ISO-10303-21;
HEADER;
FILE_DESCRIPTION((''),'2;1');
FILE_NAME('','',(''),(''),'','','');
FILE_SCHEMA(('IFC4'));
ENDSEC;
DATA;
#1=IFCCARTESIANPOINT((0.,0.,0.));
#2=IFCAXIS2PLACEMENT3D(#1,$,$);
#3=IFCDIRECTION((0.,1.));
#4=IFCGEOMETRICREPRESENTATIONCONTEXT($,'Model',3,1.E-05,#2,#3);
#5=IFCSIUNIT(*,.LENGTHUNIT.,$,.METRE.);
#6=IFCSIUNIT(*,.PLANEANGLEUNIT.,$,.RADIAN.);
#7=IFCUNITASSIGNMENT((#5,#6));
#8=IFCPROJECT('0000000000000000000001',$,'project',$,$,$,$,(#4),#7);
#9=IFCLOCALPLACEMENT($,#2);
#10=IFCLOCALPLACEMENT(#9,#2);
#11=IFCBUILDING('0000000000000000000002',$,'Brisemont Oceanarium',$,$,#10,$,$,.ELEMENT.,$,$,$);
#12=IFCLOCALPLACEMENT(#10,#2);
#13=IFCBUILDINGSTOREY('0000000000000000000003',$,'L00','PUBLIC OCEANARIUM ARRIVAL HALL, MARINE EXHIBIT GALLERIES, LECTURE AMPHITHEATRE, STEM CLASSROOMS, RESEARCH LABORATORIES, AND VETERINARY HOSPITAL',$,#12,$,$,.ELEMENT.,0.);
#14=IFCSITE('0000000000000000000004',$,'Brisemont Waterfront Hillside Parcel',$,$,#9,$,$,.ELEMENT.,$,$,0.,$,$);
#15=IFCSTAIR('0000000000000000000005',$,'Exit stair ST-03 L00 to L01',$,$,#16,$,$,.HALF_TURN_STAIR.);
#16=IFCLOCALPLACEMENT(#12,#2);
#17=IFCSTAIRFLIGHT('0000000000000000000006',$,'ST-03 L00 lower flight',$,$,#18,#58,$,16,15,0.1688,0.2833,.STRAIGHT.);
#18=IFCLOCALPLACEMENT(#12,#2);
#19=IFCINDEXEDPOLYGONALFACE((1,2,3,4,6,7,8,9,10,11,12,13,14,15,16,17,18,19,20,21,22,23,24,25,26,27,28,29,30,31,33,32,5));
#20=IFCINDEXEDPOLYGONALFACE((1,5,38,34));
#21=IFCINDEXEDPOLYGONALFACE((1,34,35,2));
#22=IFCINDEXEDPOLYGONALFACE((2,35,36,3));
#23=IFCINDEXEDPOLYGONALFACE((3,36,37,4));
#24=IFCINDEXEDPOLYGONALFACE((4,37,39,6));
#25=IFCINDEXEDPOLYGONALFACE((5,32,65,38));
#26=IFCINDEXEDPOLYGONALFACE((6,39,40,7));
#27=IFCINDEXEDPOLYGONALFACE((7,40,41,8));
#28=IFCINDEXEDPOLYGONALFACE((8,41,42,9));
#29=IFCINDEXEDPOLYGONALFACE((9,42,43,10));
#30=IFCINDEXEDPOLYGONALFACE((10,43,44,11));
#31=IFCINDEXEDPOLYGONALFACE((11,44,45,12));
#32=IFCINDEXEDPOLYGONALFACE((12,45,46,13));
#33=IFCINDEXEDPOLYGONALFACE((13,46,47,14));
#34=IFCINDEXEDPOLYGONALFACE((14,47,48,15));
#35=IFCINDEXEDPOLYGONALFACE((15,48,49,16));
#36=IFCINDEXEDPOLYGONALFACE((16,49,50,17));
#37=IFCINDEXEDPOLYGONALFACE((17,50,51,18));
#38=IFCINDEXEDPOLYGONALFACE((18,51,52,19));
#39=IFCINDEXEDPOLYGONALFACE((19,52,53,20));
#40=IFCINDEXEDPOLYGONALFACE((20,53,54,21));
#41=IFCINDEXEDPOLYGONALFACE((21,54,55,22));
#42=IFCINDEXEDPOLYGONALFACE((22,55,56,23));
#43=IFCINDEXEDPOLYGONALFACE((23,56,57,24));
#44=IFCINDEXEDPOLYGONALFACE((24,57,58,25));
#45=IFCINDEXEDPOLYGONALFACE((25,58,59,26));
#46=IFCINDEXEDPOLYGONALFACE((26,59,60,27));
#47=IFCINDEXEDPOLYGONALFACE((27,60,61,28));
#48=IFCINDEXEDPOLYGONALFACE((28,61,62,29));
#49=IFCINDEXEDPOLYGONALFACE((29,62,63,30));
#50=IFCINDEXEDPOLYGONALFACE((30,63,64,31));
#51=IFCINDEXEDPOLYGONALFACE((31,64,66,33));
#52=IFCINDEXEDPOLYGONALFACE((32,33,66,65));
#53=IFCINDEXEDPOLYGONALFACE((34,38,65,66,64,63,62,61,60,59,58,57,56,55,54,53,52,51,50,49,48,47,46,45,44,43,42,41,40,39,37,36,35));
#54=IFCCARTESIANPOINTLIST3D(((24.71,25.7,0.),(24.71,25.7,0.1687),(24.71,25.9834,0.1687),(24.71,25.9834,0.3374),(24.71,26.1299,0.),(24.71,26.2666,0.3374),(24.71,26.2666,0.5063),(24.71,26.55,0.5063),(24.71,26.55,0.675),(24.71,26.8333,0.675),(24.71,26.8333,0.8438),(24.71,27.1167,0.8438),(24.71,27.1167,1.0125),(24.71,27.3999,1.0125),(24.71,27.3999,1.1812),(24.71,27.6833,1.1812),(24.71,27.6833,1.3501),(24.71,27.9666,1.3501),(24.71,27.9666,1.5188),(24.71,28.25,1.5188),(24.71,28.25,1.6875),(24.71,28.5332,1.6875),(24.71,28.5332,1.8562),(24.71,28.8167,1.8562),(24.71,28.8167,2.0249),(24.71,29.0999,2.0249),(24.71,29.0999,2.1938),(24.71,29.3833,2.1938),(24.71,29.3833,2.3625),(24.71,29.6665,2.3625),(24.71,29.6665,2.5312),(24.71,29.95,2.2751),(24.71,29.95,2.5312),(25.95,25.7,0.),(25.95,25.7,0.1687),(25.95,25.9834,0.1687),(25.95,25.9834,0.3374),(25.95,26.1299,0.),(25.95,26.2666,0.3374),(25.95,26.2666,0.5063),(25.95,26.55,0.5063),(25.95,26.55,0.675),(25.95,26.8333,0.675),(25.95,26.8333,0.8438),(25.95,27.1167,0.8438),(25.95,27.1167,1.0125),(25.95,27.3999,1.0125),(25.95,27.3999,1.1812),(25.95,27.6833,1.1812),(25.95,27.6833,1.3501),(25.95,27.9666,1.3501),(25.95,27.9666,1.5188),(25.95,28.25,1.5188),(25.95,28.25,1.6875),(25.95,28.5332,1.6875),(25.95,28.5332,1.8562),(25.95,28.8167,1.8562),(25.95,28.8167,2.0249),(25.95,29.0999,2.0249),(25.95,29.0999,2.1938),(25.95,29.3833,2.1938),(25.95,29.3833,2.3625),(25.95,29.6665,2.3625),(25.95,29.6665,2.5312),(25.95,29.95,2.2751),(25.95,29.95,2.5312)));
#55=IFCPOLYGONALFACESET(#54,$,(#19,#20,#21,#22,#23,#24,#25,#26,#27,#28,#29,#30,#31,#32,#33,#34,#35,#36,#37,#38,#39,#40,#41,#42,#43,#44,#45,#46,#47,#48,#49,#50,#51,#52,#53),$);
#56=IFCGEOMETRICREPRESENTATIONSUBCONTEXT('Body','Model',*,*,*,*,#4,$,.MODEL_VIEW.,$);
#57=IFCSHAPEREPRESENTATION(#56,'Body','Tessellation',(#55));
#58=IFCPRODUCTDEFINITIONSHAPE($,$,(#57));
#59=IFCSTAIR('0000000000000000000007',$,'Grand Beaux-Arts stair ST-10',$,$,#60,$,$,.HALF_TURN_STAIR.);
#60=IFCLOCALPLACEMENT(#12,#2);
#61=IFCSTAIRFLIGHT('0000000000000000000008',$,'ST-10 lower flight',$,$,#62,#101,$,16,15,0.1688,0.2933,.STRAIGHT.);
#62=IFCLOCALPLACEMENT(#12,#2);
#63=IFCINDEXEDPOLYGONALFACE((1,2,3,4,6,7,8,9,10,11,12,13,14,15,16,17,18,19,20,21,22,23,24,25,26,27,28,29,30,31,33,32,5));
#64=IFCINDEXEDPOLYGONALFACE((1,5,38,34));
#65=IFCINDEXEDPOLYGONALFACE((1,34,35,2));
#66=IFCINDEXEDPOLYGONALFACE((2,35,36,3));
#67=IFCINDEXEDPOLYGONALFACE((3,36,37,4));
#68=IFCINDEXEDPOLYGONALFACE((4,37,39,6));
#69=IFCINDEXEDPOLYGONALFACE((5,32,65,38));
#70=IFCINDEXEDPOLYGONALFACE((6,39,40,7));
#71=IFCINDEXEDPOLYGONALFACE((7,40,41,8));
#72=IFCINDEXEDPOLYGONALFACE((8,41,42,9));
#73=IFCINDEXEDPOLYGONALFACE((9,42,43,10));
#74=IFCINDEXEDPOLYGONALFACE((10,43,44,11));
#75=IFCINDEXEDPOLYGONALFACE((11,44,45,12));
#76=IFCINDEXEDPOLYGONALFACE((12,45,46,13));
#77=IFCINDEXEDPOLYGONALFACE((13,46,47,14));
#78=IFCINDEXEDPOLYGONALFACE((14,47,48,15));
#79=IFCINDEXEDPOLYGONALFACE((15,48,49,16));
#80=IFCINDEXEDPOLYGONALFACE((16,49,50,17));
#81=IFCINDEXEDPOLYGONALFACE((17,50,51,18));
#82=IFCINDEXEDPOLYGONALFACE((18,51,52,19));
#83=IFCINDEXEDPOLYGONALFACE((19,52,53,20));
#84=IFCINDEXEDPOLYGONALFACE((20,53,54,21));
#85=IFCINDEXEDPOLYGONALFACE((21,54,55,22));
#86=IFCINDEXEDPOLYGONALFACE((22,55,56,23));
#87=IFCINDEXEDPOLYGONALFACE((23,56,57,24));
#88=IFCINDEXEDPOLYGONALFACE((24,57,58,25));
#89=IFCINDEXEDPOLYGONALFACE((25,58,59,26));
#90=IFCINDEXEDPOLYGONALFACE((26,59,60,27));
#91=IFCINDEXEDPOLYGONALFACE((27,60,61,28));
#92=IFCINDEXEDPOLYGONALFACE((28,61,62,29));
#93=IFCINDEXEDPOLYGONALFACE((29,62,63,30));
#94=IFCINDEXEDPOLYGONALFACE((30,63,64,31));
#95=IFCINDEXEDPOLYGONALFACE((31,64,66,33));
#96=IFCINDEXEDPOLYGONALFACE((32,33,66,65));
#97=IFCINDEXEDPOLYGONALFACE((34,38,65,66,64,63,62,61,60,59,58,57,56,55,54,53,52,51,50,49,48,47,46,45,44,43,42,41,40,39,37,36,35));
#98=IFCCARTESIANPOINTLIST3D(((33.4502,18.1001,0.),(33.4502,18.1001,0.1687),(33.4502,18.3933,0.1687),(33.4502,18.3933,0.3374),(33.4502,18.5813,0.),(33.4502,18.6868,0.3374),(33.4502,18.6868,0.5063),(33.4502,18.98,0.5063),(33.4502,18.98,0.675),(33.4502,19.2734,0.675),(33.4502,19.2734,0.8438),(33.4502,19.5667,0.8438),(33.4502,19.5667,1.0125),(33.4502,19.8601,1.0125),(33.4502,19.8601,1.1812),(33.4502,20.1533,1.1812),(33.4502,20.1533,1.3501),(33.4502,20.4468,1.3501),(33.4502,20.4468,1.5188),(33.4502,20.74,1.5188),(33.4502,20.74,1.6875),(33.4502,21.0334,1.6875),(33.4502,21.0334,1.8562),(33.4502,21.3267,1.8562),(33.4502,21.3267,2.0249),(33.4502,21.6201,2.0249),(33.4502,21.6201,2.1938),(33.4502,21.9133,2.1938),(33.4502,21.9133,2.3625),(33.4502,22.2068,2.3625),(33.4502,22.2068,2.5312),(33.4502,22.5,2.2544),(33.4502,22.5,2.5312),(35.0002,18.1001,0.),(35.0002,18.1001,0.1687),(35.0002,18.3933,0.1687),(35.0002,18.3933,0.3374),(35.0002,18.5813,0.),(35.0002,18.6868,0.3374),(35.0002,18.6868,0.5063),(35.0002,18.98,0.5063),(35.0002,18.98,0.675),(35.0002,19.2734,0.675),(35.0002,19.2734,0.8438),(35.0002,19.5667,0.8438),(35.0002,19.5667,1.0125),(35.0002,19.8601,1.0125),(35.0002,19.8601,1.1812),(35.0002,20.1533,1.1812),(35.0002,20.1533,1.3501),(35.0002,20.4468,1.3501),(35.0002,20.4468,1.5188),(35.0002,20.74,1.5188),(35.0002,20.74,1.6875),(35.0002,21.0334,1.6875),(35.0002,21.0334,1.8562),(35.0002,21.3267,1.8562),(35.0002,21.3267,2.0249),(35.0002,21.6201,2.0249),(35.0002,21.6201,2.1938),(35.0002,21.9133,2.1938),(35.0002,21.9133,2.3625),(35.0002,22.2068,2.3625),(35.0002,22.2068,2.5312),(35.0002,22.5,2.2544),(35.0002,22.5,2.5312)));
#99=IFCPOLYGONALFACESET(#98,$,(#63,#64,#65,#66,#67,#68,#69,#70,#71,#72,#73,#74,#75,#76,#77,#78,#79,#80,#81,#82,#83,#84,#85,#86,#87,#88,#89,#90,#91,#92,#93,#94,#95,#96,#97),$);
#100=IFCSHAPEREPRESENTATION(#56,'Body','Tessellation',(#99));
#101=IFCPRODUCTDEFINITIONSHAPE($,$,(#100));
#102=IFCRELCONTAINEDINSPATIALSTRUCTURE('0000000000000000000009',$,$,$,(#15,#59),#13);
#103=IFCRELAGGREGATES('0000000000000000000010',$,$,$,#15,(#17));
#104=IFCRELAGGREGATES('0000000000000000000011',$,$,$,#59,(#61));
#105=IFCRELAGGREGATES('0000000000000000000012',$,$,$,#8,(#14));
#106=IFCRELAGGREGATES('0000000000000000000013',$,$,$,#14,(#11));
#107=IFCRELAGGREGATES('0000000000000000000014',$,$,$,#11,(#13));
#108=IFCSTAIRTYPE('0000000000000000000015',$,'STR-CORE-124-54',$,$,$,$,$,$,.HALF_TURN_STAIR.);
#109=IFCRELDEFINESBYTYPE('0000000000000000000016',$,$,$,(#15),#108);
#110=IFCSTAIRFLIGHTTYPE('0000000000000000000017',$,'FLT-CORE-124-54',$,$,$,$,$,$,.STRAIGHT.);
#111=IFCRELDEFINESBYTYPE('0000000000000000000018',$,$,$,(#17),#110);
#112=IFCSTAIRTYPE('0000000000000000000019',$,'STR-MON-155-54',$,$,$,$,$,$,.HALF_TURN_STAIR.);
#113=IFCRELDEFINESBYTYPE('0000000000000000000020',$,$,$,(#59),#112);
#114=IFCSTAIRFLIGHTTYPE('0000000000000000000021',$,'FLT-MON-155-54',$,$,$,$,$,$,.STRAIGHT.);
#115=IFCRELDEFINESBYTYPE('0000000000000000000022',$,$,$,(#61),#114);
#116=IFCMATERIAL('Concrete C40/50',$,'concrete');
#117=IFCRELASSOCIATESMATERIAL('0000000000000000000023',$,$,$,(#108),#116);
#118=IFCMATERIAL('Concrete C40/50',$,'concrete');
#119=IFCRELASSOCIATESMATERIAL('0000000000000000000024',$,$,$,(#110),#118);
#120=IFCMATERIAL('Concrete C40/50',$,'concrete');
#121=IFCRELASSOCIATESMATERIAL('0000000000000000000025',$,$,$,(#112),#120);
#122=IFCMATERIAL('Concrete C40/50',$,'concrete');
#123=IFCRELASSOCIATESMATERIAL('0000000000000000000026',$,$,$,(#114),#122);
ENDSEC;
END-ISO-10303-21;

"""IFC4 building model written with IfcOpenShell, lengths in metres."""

from ifc_helpers import new_model, si_unit, direction, frame, origin, place, context, subcontext, project, spatial, polyline, outline, extrude, material, type_object, element, aggregate, save


model = new_model("IFC4")

# Units and contexts
model_context = context("Model", 3, precision=1e-05, world=origin(), true_north=direction((0.0, 1.0)))
body_context = subcontext(model_context, "Body", "Model", "MODEL_VIEW")
ifc_project = project(units=[si_unit("LENGTHUNIT", "METRE"), si_unit("PLANEANGLEUNIT", "RADIAN")], contexts=[model_context])

# Site, building, storey
site_placement = place(None, origin())
site = spatial("IfcSite", under=ifc_project, at=site_placement, Name="Brisemont Waterfront Hillside Parcel", CompositionType="ELEMENT", RefElevation=0.0)
building_placement = place(site_placement, origin())
building = spatial("IfcBuilding", under=site, at=building_placement, Name="Brisemont Oceanarium", CompositionType="ELEMENT")
storey_placement = place(building_placement, origin())
storey = spatial("IfcBuildingStorey", under=building, at=storey_placement, Name="L00", Description="PUBLIC OCEANARIUM ARRIVAL HALL, MARINE EXHIBIT GALLERIES, LECTURE AMPHITHEATRE, STEM CLASSROOMS, RESEARCH LABORATORIES, AND VETERINARY HOSPITAL", CompositionType="ELEMENT", Elevation=0.0)

# Stairs, stair flights
ifc_material_1 = material(Name="Concrete C40/50", Category="concrete")
stair_type_1 = type_object("IfcStairType", Name="STR-CORE-124-54", PredefinedType="HALF_TURN_STAIR", material=ifc_material_1)
stair_1_placement = place(storey_placement, origin())
stair_1 = element("IfcStair", 1, at=stair_1_placement, inside=storey, type_object=stair_type_1, Name="Exit stair ST-03 L00 to L01", PredefinedType="HALF_TURN_STAIR")
ifc_material_2 = material(Name="Concrete C40/50", Category="concrete")
stair_flight_type_1 = type_object("IfcStairFlightType", Name="FLT-CORE-124-54", PredefinedType="STRAIGHT", material=ifc_material_2)
stair_flight_1_placement = place(storey_placement, frame((25.3301, 25.7, 0.0), z_axis=(0.0, 0.0, 1.0), x_axis=(0.0, 1.0, 0.0)))
stair_flight_1 = element("IfcStairFlight", 2, at=stair_flight_1_placement, type_object=stair_flight_type_1, Name="ST-03 L00 lower flight", NumberOfRisers=16, NumberOfTreads=15, PredefinedType="STRAIGHT", RiserHeight=0.1688, TreadLength=0.2833, context=body_context, shape_type="SweptSolid", body=[
    extrude(outline(polyline([(0.0, 0.0), (0.0, 0.1687), (0.2834, 0.1687), (0.2834, 0.3374), (0.5667, 0.3374), (0.5667, 0.5063), (0.8501, 0.5063), (0.8501, 0.675), (1.1333, 0.675), (1.1333, 0.8438), (1.4167, 0.8438), (1.4167, 1.0125), (1.7, 1.0125), (1.7, 1.1812), (1.9834, 1.1812), (1.9834, 1.3501), (2.2666, 1.3501), (2.2666, 1.5188), (2.55, 1.5188), (2.55, 1.6875), (2.8333, 1.6875), (2.8333, 1.8562), (3.1167, 1.8562), (3.1167, 2.0249), (3.3999, 2.0249), (3.3999, 2.1938), (3.6833, 2.1938), (3.6833, 2.3625), (3.9666, 2.3625), (3.9666, 2.5312), (4.25, 2.5312), (4.25, 2.7), (4.25, 2.2751), (0.4299, 0.0), (0.0, 0.0)])), frame((0.0, 0.6201, 0.0), z_axis=(0.0, -1.0, 0.0), x_axis=(1.0, 0.0, 0.0)), (0.0, 0.0, 1.0), 1.24),
])
aggregate(stair_1, [stair_flight_1])
ifc_material_3 = material(Name="Concrete C40/50", Category="concrete")
stair_type_2 = type_object("IfcStairType", Name="STR-MON-155-54", PredefinedType="HALF_TURN_STAIR", material=ifc_material_3)
stair_2_placement = place(storey_placement, origin())
stair_2 = element("IfcStair", 3, at=stair_2_placement, inside=storey, type_object=stair_type_2, Name="Grand Beaux-Arts stair ST-10", PredefinedType="HALF_TURN_STAIR")
ifc_material_4 = material(Name="Concrete C40/50", Category="concrete")
stair_flight_type_2 = type_object("IfcStairFlightType", Name="FLT-MON-155-54", PredefinedType="STRAIGHT", material=ifc_material_4)
stair_flight_2_placement = place(storey_placement, frame((34.2251, 18.1001, 0.0), z_axis=(0.0, 0.0, 1.0), x_axis=(0.0, 1.0, 0.0)))
stair_flight_2 = element("IfcStairFlight", 4, at=stair_flight_2_placement, type_object=stair_flight_type_2, Name="ST-10 lower flight", NumberOfRisers=16, NumberOfTreads=15, PredefinedType="STRAIGHT", RiserHeight=0.1688, TreadLength=0.2933, context=body_context, shape_type="SweptSolid", body=[
    extrude(outline(polyline([(0.0, 0.0), (0.0, 0.1687), (0.2932, 0.1687), (0.2932, 0.3374), (0.5867, 0.3374), (0.5867, 0.5063), (0.8799, 0.5063), (0.8799, 0.675), (1.1733, 0.675), (1.1733, 0.8438), (1.4666, 0.8438), (1.4666, 1.0125), (1.76, 1.0125), (1.76, 1.1812), (2.0532, 1.1812), (2.0532, 1.3501), (2.3467, 1.3501), (2.3467, 1.5188), (2.6399, 1.5188), (2.6399, 1.6875), (2.9333, 1.6875), (2.9333, 1.8562), (3.2266, 1.8562), (3.2266, 2.0249), (3.52, 2.0249), (3.52, 2.1938), (3.8132, 2.1938), (3.8132, 2.3625), (4.1067, 2.3625), (4.1067, 2.5312), (4.3999, 2.5312), (4.3999, 2.7), (4.3999, 2.2544), (0.4812, 0.0), (0.0, 0.0)])), frame((0.0, 0.7749, 0.0), z_axis=(0.0, -1.0, 0.0), x_axis=(1.0, 0.0, 0.0)), (0.0, 0.0, 1.0), 1.55),
])
aggregate(stair_2, [stair_flight_2])

save(model, "model.ifc")
